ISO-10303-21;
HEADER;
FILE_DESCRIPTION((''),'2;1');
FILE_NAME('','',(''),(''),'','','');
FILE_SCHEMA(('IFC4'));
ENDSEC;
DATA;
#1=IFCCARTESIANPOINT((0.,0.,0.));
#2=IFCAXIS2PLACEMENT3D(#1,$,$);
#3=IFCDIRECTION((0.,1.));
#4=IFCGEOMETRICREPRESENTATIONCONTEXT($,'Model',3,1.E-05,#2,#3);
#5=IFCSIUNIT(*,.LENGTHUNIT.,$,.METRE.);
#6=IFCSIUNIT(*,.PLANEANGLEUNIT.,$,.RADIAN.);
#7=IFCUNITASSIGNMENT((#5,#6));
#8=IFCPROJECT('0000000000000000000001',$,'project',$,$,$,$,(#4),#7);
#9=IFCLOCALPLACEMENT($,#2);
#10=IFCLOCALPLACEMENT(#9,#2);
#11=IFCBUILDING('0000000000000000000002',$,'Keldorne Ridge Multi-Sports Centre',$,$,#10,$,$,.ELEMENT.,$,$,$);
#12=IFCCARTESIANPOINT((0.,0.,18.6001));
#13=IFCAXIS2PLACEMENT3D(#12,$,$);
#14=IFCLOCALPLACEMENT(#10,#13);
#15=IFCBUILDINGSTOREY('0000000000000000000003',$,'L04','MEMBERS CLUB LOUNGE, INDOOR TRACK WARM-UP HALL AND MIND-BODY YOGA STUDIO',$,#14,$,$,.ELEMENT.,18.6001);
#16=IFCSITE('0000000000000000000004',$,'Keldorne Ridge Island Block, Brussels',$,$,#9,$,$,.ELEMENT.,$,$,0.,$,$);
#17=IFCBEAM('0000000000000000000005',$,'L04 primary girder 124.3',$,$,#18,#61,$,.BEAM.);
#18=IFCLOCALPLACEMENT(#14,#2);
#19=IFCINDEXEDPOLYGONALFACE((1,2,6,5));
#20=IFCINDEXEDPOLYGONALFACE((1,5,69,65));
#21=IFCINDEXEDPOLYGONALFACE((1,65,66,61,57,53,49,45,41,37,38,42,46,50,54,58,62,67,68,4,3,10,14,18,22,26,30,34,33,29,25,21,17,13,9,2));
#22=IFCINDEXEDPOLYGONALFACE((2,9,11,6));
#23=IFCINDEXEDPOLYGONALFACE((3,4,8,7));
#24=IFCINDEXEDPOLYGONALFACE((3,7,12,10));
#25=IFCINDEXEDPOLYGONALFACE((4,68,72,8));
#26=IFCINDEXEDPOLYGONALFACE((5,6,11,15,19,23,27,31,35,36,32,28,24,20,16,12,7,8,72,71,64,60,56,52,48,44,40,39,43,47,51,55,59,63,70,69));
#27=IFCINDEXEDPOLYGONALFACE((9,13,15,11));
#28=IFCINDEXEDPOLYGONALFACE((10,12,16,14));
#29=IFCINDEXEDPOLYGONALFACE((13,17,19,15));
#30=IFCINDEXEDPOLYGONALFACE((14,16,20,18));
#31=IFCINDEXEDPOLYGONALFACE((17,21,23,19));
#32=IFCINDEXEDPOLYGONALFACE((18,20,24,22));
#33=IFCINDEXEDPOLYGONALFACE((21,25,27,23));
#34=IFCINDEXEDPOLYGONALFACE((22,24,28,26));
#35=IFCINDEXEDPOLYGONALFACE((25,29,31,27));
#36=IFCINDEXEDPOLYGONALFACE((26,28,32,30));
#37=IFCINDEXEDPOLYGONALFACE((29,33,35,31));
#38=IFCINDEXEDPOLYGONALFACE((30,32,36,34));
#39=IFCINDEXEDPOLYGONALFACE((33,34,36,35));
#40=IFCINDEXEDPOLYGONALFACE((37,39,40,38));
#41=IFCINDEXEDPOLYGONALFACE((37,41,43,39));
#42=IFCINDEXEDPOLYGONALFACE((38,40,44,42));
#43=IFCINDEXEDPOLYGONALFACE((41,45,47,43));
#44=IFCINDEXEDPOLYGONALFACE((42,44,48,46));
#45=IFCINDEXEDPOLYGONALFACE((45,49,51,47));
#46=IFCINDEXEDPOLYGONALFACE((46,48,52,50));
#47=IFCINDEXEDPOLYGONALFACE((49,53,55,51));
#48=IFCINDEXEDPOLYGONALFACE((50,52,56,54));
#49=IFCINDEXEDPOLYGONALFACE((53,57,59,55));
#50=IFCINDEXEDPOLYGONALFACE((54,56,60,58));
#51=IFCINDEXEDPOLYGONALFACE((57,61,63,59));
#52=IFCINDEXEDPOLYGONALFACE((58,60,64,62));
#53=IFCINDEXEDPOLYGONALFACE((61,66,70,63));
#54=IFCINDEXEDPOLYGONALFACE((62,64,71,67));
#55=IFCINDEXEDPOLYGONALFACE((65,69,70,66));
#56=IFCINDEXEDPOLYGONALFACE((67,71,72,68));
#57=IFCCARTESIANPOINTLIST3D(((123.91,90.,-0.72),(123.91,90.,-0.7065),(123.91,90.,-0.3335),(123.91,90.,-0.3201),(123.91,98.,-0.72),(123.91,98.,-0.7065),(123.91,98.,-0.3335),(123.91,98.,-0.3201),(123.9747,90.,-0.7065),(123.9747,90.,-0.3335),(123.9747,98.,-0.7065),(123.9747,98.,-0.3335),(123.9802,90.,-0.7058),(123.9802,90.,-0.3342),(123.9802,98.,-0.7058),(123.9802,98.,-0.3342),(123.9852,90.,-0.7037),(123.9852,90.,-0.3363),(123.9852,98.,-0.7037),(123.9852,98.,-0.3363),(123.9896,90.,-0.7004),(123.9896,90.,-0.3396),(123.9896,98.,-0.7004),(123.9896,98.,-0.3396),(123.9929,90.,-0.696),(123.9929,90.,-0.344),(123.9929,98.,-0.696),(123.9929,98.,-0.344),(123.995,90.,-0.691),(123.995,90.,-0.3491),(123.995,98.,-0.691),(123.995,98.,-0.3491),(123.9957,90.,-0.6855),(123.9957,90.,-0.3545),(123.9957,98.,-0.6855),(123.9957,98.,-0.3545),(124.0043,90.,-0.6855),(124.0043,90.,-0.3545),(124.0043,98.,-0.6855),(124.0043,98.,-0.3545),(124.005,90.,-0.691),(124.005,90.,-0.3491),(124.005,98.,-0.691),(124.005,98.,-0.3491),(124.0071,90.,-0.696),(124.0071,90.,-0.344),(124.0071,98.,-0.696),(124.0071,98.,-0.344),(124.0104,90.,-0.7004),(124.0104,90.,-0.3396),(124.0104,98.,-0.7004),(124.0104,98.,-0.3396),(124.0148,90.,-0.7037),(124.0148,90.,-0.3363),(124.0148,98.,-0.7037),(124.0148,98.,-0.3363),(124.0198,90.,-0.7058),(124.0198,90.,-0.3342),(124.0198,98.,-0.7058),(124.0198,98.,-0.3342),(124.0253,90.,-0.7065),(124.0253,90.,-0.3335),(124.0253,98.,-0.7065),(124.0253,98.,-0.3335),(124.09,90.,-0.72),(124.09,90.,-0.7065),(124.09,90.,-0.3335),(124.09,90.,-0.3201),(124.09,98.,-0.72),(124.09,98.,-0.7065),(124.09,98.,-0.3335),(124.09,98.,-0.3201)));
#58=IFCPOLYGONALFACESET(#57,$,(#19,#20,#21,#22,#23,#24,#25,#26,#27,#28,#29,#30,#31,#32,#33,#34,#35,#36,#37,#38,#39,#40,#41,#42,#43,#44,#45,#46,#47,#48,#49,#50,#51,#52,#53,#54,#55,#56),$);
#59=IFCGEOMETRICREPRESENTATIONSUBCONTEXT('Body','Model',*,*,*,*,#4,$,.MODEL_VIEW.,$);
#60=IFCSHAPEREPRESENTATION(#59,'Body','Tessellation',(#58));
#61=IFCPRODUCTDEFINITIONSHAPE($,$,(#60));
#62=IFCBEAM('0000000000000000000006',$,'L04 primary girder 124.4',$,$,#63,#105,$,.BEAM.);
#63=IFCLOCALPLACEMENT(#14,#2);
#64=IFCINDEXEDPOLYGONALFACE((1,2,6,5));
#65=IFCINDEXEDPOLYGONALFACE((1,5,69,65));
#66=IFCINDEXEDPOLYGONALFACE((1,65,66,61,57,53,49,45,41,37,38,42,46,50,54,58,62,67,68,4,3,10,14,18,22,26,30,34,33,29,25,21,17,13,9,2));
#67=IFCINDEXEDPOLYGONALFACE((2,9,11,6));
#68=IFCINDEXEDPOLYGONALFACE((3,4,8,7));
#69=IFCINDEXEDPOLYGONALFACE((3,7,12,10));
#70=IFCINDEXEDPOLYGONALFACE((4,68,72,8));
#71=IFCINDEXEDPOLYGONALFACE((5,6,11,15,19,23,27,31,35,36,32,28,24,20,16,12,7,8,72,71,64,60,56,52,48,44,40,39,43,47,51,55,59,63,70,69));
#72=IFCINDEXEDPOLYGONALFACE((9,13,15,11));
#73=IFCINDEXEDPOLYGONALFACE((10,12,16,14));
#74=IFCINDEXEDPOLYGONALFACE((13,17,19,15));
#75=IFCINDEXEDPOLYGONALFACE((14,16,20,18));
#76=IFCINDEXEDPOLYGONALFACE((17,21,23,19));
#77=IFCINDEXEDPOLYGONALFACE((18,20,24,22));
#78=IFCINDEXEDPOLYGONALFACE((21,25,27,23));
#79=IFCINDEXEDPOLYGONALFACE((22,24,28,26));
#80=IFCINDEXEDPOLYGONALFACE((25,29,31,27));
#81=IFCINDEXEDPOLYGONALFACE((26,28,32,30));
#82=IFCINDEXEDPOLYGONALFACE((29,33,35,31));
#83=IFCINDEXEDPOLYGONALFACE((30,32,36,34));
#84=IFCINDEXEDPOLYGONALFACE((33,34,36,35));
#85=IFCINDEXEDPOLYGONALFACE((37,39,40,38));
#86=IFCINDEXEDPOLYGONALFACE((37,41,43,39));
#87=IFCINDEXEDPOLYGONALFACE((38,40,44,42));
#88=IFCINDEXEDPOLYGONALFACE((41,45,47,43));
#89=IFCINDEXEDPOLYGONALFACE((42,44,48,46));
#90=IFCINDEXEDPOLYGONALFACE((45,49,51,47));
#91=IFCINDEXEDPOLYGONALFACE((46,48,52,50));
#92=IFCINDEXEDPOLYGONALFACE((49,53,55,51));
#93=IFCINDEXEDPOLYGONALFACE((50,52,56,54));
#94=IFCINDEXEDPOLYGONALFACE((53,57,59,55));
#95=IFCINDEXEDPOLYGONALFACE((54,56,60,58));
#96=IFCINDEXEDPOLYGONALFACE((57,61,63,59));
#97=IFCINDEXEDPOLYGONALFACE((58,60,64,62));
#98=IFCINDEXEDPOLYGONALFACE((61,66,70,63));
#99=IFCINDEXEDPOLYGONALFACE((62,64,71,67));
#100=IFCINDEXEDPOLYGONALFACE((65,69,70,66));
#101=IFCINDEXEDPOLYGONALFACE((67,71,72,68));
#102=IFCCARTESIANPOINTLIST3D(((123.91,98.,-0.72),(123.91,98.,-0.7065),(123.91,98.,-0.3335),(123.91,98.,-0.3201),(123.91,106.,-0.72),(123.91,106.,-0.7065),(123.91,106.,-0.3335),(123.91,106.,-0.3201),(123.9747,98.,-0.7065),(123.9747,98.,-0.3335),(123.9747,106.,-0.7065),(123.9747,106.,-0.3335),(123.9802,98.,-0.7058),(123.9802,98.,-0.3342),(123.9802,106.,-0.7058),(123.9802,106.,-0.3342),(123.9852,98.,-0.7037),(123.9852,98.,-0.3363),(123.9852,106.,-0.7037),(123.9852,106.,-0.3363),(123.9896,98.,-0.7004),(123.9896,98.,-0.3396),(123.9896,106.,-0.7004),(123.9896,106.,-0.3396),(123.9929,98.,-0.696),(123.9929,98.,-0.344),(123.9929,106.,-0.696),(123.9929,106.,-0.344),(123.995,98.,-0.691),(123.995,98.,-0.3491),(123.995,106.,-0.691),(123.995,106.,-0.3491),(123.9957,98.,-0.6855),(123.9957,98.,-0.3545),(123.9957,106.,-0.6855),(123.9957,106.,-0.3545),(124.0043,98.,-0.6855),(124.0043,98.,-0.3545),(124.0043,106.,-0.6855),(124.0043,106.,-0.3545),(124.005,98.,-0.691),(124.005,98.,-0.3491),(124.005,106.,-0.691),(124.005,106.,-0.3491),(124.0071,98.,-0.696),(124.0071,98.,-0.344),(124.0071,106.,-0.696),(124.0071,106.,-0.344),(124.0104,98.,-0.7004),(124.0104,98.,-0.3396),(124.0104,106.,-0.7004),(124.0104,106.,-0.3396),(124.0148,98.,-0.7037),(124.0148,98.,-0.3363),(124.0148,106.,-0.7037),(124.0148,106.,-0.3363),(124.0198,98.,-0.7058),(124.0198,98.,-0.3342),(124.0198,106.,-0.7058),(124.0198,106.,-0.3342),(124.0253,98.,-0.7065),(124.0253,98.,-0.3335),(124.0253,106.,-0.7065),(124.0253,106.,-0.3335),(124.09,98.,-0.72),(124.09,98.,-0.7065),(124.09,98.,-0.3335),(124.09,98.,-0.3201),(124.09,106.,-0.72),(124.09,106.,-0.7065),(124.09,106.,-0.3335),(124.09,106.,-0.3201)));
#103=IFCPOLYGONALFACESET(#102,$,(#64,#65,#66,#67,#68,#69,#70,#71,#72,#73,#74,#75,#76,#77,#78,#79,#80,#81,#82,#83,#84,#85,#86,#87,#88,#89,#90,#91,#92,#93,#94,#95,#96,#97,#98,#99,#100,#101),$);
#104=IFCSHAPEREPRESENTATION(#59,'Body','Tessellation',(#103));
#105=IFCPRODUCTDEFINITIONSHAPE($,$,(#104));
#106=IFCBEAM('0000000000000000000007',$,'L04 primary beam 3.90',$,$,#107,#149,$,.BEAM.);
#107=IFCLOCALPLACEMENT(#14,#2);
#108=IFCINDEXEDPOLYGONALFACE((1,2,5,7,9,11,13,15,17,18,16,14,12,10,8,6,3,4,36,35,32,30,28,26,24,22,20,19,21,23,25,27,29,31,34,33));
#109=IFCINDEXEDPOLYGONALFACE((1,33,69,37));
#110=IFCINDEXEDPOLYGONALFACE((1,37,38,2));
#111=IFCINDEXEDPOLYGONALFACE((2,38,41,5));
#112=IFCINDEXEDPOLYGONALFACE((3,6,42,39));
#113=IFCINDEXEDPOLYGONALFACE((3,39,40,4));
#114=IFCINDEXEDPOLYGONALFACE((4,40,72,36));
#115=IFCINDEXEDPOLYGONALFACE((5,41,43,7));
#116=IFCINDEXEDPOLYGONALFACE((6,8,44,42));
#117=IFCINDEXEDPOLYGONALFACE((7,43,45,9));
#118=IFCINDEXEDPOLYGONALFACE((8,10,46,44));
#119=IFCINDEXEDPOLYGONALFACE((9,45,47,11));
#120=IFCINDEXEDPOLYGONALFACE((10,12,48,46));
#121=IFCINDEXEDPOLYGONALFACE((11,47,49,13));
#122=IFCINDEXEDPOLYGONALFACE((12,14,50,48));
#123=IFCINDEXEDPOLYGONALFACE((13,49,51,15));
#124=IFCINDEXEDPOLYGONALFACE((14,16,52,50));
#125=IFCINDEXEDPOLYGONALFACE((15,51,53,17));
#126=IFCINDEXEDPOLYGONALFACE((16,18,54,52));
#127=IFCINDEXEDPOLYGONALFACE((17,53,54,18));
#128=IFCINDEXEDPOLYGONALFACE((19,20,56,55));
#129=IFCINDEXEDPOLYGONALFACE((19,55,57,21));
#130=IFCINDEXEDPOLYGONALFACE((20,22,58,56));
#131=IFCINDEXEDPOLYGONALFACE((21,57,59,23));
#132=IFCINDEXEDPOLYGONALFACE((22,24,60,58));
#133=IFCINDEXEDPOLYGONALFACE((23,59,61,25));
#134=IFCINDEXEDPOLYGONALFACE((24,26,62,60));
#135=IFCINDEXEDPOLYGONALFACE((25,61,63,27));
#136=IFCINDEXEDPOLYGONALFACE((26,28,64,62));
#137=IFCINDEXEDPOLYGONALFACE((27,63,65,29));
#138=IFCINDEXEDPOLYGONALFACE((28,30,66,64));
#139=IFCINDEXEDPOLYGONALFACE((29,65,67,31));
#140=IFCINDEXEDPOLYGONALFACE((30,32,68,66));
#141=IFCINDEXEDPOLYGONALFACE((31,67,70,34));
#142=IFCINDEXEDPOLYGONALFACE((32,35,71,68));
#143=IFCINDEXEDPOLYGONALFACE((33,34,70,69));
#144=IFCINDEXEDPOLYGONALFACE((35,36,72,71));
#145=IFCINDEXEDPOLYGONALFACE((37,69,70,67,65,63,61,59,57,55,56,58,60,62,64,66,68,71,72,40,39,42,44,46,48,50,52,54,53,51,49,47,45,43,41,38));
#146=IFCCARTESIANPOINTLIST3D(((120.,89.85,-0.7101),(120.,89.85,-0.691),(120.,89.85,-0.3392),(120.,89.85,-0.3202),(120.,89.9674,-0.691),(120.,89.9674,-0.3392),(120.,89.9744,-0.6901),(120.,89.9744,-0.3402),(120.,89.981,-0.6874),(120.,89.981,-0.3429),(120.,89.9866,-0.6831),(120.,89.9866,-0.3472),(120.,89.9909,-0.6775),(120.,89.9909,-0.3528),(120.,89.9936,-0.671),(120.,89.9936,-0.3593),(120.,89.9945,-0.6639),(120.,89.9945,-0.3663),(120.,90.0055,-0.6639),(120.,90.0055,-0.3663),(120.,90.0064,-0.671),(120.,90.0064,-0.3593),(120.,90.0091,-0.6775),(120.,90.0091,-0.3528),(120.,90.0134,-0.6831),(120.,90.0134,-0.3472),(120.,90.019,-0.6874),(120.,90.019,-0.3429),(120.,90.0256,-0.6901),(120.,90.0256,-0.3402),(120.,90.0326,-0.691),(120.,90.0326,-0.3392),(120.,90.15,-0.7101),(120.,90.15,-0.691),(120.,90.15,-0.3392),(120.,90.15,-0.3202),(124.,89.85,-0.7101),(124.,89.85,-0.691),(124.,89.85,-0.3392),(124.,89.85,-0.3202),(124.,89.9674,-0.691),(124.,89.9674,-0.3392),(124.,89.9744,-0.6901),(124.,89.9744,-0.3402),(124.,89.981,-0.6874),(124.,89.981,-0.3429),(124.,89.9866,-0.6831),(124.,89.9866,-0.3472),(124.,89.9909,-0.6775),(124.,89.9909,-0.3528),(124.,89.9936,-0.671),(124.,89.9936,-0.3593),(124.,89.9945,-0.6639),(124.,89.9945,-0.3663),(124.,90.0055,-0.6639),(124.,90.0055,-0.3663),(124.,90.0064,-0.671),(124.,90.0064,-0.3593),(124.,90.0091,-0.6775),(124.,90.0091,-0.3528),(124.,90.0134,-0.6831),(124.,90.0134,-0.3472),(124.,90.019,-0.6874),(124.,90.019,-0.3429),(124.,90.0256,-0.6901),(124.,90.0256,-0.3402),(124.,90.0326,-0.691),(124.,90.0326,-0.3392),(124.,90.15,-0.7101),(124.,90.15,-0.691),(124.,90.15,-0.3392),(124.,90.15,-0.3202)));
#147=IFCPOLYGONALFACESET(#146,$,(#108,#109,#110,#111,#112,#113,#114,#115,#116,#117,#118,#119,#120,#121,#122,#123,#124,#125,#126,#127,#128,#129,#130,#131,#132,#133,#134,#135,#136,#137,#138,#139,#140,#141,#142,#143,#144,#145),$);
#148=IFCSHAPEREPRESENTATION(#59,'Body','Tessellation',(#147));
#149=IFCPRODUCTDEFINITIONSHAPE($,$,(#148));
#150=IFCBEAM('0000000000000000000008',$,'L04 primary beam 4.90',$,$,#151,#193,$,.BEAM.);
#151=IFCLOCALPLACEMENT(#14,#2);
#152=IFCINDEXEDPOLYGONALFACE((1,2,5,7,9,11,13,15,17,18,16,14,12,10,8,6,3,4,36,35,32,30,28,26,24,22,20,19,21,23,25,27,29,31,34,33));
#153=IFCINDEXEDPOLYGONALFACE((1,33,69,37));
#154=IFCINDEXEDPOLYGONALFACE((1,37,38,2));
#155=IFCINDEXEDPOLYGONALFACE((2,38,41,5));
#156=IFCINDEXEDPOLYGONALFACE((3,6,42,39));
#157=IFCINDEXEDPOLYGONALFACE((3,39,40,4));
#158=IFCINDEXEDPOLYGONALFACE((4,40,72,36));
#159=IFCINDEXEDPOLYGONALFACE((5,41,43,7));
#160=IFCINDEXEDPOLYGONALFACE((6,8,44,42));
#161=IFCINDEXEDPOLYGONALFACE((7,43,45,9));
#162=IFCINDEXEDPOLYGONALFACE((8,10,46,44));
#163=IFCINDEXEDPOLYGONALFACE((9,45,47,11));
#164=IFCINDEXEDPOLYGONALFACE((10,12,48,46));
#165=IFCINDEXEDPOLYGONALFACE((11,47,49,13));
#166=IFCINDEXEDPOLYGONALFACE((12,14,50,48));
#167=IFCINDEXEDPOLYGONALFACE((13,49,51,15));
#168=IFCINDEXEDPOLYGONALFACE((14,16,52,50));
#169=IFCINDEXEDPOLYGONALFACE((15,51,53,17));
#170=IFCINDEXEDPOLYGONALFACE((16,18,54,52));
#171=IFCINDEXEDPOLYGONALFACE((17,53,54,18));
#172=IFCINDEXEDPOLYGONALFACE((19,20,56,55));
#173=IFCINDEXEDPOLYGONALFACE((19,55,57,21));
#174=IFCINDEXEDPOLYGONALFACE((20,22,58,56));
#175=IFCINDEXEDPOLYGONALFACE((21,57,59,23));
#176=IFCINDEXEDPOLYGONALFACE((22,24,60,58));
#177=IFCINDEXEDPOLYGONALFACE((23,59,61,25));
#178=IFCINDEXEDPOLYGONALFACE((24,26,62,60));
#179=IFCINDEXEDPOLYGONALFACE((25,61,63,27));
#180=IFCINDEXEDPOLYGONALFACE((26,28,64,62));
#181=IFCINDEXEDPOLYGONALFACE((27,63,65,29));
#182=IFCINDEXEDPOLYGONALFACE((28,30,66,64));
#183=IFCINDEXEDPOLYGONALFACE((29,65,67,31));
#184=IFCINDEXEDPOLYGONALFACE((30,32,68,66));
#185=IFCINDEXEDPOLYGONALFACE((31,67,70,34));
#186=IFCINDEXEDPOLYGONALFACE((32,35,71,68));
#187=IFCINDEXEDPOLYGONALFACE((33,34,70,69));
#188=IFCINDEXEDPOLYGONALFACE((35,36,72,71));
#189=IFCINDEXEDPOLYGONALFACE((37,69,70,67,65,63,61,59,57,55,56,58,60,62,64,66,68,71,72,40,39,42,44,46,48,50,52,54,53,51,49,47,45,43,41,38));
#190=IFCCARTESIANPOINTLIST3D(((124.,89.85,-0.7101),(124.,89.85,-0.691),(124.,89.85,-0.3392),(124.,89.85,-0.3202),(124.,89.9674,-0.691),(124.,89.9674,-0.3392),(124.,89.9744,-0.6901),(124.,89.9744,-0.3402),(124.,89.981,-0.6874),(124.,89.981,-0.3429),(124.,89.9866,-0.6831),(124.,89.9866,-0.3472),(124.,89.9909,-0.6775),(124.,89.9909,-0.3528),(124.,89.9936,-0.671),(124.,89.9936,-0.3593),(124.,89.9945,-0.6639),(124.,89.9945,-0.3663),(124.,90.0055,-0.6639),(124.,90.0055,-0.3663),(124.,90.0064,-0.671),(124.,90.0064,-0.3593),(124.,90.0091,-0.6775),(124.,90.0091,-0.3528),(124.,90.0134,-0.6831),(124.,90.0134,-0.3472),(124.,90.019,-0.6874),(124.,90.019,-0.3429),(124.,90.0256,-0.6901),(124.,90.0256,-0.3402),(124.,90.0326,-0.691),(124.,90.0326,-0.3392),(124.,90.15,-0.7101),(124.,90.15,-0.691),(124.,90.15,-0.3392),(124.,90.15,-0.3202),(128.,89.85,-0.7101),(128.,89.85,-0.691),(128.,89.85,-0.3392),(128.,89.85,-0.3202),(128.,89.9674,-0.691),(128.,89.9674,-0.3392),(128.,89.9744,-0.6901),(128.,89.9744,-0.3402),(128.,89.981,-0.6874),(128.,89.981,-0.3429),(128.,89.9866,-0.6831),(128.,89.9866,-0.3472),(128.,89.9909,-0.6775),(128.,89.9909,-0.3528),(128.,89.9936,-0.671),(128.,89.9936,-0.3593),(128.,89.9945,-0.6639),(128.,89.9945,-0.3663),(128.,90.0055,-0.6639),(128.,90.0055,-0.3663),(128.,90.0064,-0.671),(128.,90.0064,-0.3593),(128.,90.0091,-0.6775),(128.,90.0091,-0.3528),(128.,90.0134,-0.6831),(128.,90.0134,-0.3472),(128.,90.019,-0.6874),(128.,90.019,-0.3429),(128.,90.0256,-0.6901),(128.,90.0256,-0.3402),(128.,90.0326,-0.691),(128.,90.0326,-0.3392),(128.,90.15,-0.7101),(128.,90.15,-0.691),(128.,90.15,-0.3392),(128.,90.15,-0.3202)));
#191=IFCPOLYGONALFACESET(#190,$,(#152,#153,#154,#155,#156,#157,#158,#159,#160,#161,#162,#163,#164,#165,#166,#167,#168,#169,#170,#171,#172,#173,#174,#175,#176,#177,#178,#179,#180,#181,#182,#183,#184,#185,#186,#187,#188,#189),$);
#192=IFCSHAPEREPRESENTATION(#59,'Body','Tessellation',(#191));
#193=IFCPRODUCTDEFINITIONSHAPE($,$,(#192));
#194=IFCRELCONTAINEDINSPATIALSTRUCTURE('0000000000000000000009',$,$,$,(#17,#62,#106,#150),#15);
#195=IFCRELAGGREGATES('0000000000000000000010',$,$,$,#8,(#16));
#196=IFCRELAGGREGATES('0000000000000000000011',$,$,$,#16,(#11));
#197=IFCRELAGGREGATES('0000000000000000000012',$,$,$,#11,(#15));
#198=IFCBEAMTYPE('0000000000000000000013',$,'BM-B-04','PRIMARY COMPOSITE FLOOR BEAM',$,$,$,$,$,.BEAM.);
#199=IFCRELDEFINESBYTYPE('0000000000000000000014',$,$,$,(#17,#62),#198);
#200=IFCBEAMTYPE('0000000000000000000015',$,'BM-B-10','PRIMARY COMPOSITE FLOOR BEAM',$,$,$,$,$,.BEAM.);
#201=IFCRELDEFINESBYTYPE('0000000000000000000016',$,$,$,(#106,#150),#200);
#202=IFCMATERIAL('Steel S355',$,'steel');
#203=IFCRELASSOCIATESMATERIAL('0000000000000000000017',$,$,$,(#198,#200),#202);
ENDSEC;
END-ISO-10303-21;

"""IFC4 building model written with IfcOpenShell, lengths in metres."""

from ifc_helpers import new_model, si_unit, direction, frame, origin, origin_2d, place, context, subcontext, project, spatial, i_section, extrude, material, material_profile, profile_set, type_object, element, save


model = new_model("IFC4")

# Units and contexts
model_context = context("Model", 3, precision=1e-05, world=origin(), true_north=direction((0.0, 1.0)))
body_context = subcontext(model_context, "Body", "Model", "MODEL_VIEW")
ifc_project = project(units=[si_unit("LENGTHUNIT", "METRE"), si_unit("PLANEANGLEUNIT", "RADIAN")], contexts=[model_context])

# Site, building, storey
site_placement = place(None, origin())
site = spatial("IfcSite", under=ifc_project, at=site_placement, Name="Keldorne Ridge Island Block, Brussels", CompositionType="ELEMENT", RefElevation=0.0)
building_placement = place(site_placement, origin())
building = spatial("IfcBuilding", under=site, at=building_placement, Name="Keldorne Ridge Multi-Sports Centre", CompositionType="ELEMENT")
storey_placement = place(building_placement, frame((0.0, 0.0, 18.6001)))
storey = spatial("IfcBuildingStorey", under=building, at=storey_placement, Name="L04", Description="MEMBERS CLUB LOUNGE, INDOOR TRACK WARM-UP HALL AND MIND-BODY YOGA STUDIO", CompositionType="ELEMENT", Elevation=18.6001)

# Shared definitions
ifc_material_1 = material(Name="Steel S355", Category="steel")

# Beams
ifc_material_profile_1 = material_profile(ifc_material_1, i_section(OverallWidth=0.1799, OverallDepth=0.3999, WebThickness=0.0085, FlangeThickness=0.0134, FilletRadius=0.021, at=origin_2d()), Name="IPE 400")
ifc_profile_set_1 = profile_set([ifc_material_profile_1], Name="Steel S355")
beam_type_1 = type_object("IfcBeamType", Name="BM-B-04", Description="PRIMARY COMPOSITE FLOOR BEAM", PredefinedType="BEAM", material=ifc_profile_set_1)
for number, where, z_axis, x_axis, name in (
    (1, (124.0, 90.0, -0.52), (0.0, 1.0, 0.0), (-1.0, 0.0, 0.0), "L04 primary girder 124.3"),
    (2, (124.0, 98.0, -0.52), (0.0, 1.0, 0.0), (-1.0, 0.0, 0.0), "L04 primary girder 124.4"),
):
    element("IfcBeam", number, at=place(storey_placement, frame(where, z_axis=z_axis, x_axis=x_axis)), inside=storey, type_object=beam_type_1, Name=name, PredefinedType="BEAM", context=body_context, shape_type="SweptSolid", body=[
        extrude(i_section(OverallWidth=0.1799, OverallDepth=0.3999, WebThickness=0.0085, FlangeThickness=0.0134, FilletRadius=0.021, at=origin_2d()), origin(), (0.0, 0.0, 1.0), 8.0),
    ])
ifc_material_profile_2 = material_profile(ifc_material_1, i_section(OverallWidth=0.3, OverallDepth=0.3899, WebThickness=0.011, FlangeThickness=0.019, FilletRadius=0.0271, at=origin_2d()), Name="HEA 400")
ifc_profile_set_2 = profile_set([ifc_material_profile_2], Name="Steel S355")
beam_type_2 = type_object("IfcBeamType", Name="BM-B-10", Description="PRIMARY COMPOSITE FLOOR BEAM", PredefinedType="BEAM", material=ifc_profile_set_2)
for number, where, z_axis, x_axis, name in (
    (3, (120.0, 90.0, -0.5151), (1.0, 0.0, 0.0), (0.0, 1.0, 0.0), "L04 primary beam 3.90"),
    (4, (124.0, 90.0, -0.5151), (1.0, 0.0, 0.0), (0.0, 1.0, 0.0), "L04 primary beam 4.90"),
):
    element("IfcBeam", number, at=place(storey_placement, frame(where, z_axis=z_axis, x_axis=x_axis)), inside=storey, type_object=beam_type_2, Name=name, PredefinedType="BEAM", context=body_context, shape_type="SweptSolid", body=[
        extrude(i_section(OverallWidth=0.3, OverallDepth=0.3899, WebThickness=0.011, FlangeThickness=0.019, FilletRadius=0.0271, at=origin_2d()), origin(), (0.0, 0.0, 1.0), 4.0),
    ])

save(model, "model.ifc")
